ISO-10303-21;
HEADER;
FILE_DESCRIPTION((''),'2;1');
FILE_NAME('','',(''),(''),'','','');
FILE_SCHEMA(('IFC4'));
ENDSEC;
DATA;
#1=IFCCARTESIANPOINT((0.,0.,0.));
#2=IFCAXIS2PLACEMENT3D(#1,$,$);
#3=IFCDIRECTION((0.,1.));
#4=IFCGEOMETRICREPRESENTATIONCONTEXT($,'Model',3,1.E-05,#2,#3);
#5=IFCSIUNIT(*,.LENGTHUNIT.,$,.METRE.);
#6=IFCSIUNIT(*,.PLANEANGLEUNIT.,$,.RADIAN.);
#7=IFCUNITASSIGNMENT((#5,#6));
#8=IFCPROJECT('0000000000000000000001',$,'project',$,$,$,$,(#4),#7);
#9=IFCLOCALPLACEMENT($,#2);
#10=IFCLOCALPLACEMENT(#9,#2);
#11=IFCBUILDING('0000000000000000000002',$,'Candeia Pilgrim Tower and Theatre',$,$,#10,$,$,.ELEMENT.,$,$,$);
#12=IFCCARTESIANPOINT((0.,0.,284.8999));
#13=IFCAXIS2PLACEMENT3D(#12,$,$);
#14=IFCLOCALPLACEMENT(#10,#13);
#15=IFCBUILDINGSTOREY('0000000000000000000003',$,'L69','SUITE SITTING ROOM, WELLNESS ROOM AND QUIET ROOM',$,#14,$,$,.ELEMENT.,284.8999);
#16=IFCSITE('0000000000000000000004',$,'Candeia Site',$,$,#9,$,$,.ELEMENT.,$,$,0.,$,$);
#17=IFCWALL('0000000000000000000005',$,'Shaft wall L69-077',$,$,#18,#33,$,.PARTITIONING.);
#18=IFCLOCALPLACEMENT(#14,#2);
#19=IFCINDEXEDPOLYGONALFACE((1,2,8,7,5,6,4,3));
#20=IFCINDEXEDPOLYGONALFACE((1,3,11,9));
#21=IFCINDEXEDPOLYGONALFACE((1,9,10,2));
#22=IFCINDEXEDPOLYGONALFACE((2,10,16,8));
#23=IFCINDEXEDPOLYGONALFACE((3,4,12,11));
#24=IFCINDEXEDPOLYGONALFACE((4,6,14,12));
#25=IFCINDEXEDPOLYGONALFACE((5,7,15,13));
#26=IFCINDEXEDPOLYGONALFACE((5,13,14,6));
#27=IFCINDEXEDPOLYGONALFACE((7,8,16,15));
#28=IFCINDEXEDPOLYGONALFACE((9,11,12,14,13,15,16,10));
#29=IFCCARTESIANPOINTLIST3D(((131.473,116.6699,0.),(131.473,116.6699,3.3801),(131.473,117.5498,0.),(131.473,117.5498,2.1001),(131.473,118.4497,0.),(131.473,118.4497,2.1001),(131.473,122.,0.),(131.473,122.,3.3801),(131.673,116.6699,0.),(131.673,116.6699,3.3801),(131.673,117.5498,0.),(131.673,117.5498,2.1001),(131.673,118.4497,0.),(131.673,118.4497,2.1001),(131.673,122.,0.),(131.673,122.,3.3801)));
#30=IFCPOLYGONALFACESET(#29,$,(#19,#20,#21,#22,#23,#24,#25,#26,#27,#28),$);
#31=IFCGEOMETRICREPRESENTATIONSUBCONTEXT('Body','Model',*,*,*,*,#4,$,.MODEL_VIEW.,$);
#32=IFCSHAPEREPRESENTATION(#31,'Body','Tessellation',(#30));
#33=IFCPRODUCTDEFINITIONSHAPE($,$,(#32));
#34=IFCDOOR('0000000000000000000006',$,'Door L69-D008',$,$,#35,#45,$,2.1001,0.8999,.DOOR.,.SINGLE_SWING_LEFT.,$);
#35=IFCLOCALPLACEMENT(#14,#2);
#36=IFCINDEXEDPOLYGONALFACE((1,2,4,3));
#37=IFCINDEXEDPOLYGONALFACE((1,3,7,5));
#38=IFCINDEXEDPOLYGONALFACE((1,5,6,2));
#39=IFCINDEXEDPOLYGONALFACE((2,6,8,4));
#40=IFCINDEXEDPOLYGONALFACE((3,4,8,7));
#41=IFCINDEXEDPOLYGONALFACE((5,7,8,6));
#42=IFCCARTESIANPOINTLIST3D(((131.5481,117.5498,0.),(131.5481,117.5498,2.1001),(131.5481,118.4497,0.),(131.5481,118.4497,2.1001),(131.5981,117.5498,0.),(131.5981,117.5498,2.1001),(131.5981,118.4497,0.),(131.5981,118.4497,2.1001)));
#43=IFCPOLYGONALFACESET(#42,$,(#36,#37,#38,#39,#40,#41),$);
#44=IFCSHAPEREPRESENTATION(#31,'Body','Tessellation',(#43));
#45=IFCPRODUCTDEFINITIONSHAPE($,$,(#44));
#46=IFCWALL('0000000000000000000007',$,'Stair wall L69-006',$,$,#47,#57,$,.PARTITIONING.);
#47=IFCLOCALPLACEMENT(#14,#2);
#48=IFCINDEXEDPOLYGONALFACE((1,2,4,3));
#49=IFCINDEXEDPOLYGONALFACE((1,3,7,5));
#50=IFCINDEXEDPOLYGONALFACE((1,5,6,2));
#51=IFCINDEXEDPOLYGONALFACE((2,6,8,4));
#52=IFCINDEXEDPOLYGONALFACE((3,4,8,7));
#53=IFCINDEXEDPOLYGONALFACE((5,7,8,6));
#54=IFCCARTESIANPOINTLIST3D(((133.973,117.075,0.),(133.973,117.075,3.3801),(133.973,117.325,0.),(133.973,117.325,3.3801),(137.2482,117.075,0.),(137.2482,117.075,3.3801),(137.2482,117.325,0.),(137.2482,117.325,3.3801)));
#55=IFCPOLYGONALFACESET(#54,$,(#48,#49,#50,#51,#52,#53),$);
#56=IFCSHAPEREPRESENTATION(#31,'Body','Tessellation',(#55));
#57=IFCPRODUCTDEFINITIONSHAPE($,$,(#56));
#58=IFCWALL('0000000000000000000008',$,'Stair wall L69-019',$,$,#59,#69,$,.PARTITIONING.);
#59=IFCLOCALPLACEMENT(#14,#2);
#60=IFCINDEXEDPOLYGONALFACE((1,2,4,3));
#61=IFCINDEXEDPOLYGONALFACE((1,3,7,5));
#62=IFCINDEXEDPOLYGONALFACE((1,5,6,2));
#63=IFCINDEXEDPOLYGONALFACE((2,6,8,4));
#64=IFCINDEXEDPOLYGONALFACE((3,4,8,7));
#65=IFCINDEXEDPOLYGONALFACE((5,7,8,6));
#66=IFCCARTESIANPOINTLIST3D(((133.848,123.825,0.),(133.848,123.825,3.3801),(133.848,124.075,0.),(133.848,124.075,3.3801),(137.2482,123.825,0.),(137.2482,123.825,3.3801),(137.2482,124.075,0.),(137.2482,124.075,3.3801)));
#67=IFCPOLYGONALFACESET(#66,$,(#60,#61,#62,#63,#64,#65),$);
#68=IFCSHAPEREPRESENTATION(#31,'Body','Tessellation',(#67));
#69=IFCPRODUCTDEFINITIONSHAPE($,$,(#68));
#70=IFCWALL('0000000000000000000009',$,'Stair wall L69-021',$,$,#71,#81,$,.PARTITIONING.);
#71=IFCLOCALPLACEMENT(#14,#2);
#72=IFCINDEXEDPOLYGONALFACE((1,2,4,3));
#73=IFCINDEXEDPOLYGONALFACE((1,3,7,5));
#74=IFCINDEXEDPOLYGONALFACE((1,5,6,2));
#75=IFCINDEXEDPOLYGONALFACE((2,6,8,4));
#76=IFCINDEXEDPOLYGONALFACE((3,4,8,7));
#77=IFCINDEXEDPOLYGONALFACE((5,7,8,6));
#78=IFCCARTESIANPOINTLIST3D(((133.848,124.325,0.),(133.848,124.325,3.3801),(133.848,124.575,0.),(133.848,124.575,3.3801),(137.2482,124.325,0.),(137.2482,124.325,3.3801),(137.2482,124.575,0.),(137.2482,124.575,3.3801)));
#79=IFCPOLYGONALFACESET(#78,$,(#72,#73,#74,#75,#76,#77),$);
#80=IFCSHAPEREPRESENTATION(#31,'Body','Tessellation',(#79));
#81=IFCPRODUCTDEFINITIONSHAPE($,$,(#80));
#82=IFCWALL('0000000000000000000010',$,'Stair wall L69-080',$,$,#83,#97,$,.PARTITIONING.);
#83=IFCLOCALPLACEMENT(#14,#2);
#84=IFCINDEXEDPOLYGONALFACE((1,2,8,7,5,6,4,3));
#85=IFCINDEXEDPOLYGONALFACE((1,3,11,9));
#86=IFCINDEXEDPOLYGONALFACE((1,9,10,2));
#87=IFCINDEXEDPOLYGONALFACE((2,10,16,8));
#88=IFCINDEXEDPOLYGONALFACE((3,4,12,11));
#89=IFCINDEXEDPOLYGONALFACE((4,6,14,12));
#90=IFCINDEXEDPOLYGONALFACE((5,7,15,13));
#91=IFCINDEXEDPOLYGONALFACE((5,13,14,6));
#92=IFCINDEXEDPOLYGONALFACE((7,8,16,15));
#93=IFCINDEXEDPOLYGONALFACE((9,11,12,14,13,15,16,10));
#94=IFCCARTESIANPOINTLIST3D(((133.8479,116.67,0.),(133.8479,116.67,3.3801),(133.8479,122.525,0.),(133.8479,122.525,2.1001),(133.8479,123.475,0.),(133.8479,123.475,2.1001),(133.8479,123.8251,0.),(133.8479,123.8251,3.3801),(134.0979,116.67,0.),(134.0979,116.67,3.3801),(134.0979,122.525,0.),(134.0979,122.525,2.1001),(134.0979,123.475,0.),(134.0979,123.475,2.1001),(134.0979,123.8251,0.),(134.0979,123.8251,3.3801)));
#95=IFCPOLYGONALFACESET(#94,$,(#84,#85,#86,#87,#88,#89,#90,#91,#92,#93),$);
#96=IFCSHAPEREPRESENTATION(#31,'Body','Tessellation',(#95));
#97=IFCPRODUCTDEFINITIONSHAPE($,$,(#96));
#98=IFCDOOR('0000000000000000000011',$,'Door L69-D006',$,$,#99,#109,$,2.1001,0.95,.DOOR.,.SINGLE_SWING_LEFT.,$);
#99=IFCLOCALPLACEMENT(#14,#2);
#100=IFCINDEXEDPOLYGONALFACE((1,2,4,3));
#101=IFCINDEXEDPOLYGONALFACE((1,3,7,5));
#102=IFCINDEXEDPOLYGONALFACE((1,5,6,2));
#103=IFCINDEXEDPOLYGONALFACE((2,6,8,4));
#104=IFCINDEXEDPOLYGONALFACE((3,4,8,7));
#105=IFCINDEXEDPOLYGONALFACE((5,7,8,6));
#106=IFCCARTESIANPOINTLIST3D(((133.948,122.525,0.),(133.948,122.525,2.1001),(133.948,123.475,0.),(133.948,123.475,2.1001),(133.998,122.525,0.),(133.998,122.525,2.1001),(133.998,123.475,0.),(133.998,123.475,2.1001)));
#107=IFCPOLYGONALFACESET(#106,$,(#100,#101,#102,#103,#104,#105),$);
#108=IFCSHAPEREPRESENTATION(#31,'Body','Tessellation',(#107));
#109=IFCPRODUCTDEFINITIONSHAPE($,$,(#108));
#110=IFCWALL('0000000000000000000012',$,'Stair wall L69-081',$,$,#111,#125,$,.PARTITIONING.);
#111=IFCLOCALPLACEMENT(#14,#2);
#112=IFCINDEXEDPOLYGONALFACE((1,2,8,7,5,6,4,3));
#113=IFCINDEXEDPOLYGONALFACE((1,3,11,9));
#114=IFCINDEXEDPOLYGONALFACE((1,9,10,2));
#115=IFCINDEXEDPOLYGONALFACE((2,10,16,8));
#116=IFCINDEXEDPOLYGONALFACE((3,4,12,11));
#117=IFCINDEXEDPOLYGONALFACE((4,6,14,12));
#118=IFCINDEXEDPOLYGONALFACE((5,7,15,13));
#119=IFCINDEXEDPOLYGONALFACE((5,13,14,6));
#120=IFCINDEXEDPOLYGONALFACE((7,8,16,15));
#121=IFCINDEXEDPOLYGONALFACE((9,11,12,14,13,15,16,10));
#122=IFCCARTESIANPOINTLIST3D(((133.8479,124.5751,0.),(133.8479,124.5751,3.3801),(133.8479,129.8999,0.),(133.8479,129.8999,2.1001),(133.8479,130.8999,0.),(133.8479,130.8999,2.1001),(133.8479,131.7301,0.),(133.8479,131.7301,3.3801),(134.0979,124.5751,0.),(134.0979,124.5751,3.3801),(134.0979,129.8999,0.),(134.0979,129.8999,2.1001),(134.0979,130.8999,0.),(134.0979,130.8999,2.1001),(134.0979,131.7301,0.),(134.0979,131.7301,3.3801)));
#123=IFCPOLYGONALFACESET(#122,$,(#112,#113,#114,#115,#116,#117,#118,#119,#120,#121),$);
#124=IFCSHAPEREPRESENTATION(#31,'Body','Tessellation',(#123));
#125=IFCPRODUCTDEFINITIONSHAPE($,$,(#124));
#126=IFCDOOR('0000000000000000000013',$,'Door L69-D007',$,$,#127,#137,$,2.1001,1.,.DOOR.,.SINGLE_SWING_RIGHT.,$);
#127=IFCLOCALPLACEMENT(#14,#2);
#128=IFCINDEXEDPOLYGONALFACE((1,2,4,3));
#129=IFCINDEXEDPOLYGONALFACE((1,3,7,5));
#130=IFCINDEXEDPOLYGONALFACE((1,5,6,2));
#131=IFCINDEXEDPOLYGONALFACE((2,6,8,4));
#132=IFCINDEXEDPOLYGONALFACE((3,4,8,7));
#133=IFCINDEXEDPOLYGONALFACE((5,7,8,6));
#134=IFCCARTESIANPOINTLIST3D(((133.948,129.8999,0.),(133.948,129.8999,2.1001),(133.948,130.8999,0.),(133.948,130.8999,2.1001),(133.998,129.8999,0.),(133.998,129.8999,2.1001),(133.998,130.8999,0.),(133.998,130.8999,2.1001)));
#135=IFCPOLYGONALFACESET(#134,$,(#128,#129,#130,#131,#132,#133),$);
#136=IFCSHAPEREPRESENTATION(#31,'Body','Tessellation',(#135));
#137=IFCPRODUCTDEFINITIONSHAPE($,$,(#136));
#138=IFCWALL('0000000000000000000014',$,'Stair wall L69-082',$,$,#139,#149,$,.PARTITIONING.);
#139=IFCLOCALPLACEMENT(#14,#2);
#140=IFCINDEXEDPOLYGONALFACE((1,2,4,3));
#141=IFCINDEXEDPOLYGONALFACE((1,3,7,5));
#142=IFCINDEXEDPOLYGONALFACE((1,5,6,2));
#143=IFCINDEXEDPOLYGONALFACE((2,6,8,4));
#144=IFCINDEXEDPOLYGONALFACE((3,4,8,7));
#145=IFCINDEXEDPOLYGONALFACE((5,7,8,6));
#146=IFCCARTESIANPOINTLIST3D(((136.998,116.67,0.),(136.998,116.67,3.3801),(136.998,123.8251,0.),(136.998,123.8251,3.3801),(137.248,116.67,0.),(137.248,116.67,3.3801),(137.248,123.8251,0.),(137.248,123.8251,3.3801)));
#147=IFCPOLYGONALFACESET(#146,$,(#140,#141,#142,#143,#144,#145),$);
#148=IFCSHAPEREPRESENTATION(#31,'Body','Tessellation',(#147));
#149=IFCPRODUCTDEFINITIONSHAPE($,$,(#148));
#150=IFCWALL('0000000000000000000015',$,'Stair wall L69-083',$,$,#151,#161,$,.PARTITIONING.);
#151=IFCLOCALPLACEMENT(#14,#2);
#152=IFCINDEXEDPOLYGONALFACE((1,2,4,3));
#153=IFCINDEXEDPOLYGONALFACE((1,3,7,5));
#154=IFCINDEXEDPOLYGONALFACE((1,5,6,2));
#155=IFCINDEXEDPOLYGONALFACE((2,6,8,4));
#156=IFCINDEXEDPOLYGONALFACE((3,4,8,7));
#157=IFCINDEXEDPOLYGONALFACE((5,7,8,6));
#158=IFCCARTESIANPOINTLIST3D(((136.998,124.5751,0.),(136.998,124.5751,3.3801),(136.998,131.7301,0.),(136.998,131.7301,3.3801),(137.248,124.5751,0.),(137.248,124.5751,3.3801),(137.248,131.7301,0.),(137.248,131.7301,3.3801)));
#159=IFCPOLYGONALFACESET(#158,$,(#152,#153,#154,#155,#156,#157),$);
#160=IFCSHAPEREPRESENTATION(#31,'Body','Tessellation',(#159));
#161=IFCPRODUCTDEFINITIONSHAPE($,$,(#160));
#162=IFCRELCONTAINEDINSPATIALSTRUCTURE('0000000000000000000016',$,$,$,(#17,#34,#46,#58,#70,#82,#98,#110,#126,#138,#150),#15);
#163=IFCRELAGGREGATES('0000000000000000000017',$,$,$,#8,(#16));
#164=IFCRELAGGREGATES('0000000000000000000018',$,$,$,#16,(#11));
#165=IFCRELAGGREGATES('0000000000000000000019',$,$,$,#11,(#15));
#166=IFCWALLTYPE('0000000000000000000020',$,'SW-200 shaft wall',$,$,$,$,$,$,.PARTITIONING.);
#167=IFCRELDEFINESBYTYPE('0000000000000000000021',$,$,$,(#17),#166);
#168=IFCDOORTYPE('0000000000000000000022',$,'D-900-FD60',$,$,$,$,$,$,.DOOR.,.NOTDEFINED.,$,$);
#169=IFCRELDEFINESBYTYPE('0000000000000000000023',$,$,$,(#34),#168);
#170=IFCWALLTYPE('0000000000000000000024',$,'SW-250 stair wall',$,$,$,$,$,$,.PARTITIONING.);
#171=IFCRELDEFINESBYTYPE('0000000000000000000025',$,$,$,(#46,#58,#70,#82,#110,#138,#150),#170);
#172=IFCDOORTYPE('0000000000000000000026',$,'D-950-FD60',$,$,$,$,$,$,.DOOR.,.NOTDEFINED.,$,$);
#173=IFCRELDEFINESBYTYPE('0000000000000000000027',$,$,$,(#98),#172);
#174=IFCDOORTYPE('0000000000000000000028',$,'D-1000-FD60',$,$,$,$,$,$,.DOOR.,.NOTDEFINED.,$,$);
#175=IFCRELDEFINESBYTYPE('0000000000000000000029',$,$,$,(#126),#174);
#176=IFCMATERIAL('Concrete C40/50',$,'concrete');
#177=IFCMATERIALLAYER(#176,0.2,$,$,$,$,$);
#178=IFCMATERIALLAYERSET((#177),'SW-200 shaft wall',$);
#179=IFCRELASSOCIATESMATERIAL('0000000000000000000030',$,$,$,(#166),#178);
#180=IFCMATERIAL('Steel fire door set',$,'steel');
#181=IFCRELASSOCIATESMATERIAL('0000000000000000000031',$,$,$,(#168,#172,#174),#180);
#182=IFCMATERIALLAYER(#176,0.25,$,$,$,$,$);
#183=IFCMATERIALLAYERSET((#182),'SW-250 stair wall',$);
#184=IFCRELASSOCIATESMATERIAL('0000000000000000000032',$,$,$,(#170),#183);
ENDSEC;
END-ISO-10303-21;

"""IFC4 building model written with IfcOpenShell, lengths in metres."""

from ifc_helpers import new_model, si_unit, direction, frame, frame_2d, origin, place, context, subcontext, project, spatial, rectangle, extrude, material, layer, layer_set, type_object, element, fill, save


model = new_model("IFC4")

# Units and contexts
model_context = context("Model", 3, precision=1e-05, world=origin(), true_north=direction((0.0, 1.0)))
body_context = subcontext(model_context, "Body", "Model", "MODEL_VIEW")
ifc_project = project(units=[si_unit("LENGTHUNIT", "METRE"), si_unit("PLANEANGLEUNIT", "RADIAN")], contexts=[model_context])

# Site, building, storey
site_placement = place(None, origin())
site = spatial("IfcSite", under=ifc_project, at=site_placement, Name="Candeia Site", CompositionType="ELEMENT", RefElevation=0.0)
building_placement = place(site_placement, origin())
building = spatial("IfcBuilding", under=site, at=building_placement, Name="Candeia Pilgrim Tower and Theatre", CompositionType="ELEMENT")
storey_placement = place(building_placement, frame((0.0, 0.0, 284.8999)))
storey = spatial("IfcBuildingStorey", under=building, at=storey_placement, Name="L69", Description="SUITE SITTING ROOM, WELLNESS ROOM AND QUIET ROOM", CompositionType="ELEMENT", Elevation=284.8999)

# Shared definitions
ifc_material_1 = material(Name="Concrete C40/50", Category="concrete")

# Shared definitions
ifc_material_2 = material(Name="Steel fire door set", Category="steel")

# Shared definitions
ifc_layer_1 = layer(ifc_material_1, 0.2)
ifc_layer_set_1 = layer_set([ifc_layer_1], Name="SW-200 shaft wall")
wall_type_1 = type_object("IfcWallType", Name="SW-200 shaft wall", PredefinedType="PARTITIONING", material=ifc_layer_set_1)

# Wall, opening, door
wall_1_placement = place(storey_placement, frame((131.573, 116.6699, 0.0), z_axis=(0.0, 0.0, 1.0), x_axis=(0.0, 1.0, 0.0)))
wall_1 = element("IfcWall", 1, at=wall_1_placement, inside=storey, type_object=wall_type_1, Name="Shaft wall L69-077", PredefinedType="PARTITIONING", context=body_context, shape_type="SweptSolid", body=[
    extrude(rectangle(XDim=5.3301, YDim=0.2, at=frame_2d((2.665, 0.0))), origin(), (0.0, 0.0, 1.0), 3.3801),
])
opening_1_placement = place(wall_1_placement, frame((0.8799, 0.0, 0.0)))
opening_1 = element("IfcOpeningElement", 2, at=opening_1_placement, cuts=wall_1, PredefinedType="OPENING", context=body_context, shape_type="SweptSolid", body=[
    extrude(rectangle(XDim=0.8999, YDim=2.1001, at=frame_2d((0.45, 1.05))), frame((0.0, 0.1099, 0.0), z_axis=(0.0, -1.0, 0.0), x_axis=(1.0, 0.0, 0.0)), (0.0, 0.0, 1.0), 0.22),
])
door_type_1 = type_object("IfcDoorType", Name="D-900-FD60", OperationType="NOTDEFINED", PredefinedType="DOOR", material=ifc_material_2)
door_1_placement = place(opening_1_placement, origin())
door_1 = element("IfcDoor", 3, at=door_1_placement, inside=storey, type_object=door_type_1, Name="Door L69-D008", OperationType="SINGLE_SWING_LEFT", OverallHeight=2.1001, OverallWidth=0.8999, PredefinedType="DOOR", context=body_context, shape_type="SweptSolid", body=[
    extrude(rectangle(XDim=0.8999, YDim=2.1001, at=frame_2d((0.45, 1.05))), frame((0.0, 0.0249, 0.0), z_axis=(0.0, -1.0, 0.0), x_axis=(1.0, 0.0, 0.0)), (0.0, 0.0, 1.0), 0.05),
])
fill(opening_1, door_1)

# Walls
ifc_layer_2 = layer(ifc_material_1, 0.25)
ifc_layer_set_2 = layer_set([ifc_layer_2], Name="SW-250 stair wall")
wall_type_2 = type_object("IfcWallType", Name="SW-250 stair wall", PredefinedType="PARTITIONING", material=ifc_layer_set_2)
wall_2_placement = place(storey_placement, frame((133.9729, 117.2, 0.0), z_axis=(0.0, 0.0, 1.0), x_axis=(1.0, 0.0, 0.0)))
element("IfcWall", 4, at=wall_2_placement, inside=storey, type_object=wall_type_2, Name="Stair wall L69-006", PredefinedType="PARTITIONING", context=body_context, shape_type="SweptSolid", body=[
    extrude(rectangle(XDim=3.2751, YDim=0.25, at=frame_2d((1.6377, 0.0))), origin(), (0.0, 0.0, 1.0), 3.3801),
])
for number, where, z_axis, x_axis, name in (
    (5, (133.8479, 123.95, 0.0), (0.0, 0.0, 1.0), (1.0, 0.0, 0.0), "Stair wall L69-019"),
    (6, (133.8479, 124.45, 0.0), (0.0, 0.0, 1.0), (1.0, 0.0, 0.0), "Stair wall L69-021"),
):
    element("IfcWall", number, at=place(storey_placement, frame(where, z_axis=z_axis, x_axis=x_axis)), inside=storey, type_object=wall_type_2, Name=name, PredefinedType="PARTITIONING", context=body_context, shape_type="SweptSolid", body=[
        extrude(rectangle(XDim=3.4001, YDim=0.25, at=frame_2d((1.7002, 0.0))), origin(), (0.0, 0.0, 1.0), 3.3801),
    ])

# Walls, openings, doors
wall_3_placement = place(storey_placement, frame((133.9729, 116.6699, 0.0), z_axis=(0.0, 0.0, 1.0), x_axis=(0.0, 1.0, 0.0)))
wall_3 = element("IfcWall", 7, at=wall_3_placement, inside=storey, type_object=wall_type_2, Name="Stair wall L69-080", PredefinedType="PARTITIONING", context=body_context, shape_type="SweptSolid", body=[
    extrude(rectangle(XDim=7.155, YDim=0.25, at=frame_2d((3.5776, 0.0))), origin(), (0.0, 0.0, 1.0), 3.3801),
])
opening_2_placement = place(wall_3_placement, frame((5.855, 0.0, 0.0)))
opening_2 = element("IfcOpeningElement", 8, at=opening_2_placement, cuts=wall_3, PredefinedType="OPENING", context=body_context, shape_type="SweptSolid", body=[
    extrude(rectangle(XDim=0.95, YDim=2.1001, at=frame_2d((0.4751, 1.05))), frame((0.0, 0.135, 0.0), z_axis=(0.0, -1.0, 0.0), x_axis=(1.0, 0.0, 0.0)), (0.0, 0.0, 1.0), 0.27),
])
door_type_2 = type_object("IfcDoorType", Name="D-950-FD60", OperationType="NOTDEFINED", PredefinedType="DOOR", material=ifc_material_2)
door_2_placement = place(opening_2_placement, origin())
door_2 = element("IfcDoor", 9, at=door_2_placement, inside=storey, type_object=door_type_2, Name="Door L69-D006", OperationType="SINGLE_SWING_LEFT", OverallHeight=2.1001, OverallWidth=0.95, PredefinedType="DOOR", context=body_context, shape_type="SweptSolid", body=[
    extrude(rectangle(XDim=0.95, YDim=2.1001, at=frame_2d((0.4751, 1.05))), frame((0.0, 0.0249, 0.0), z_axis=(0.0, -1.0, 0.0), x_axis=(1.0, 0.0, 0.0)), (0.0, 0.0, 1.0), 0.05),
])
fill(opening_2, door_2)
wall_4_placement = place(storey_placement, frame((133.9729, 124.575, 0.0), z_axis=(0.0, 0.0, 1.0), x_axis=(0.0, 1.0, 0.0)))
wall_4 = element("IfcWall", 10, at=wall_4_placement, inside=storey, type_object=wall_type_2, Name="Stair wall L69-081", PredefinedType="PARTITIONING", context=body_context, shape_type="SweptSolid", body=[
    extrude(rectangle(XDim=7.155, YDim=0.25, at=frame_2d((3.5776, 0.0))), origin(), (0.0, 0.0, 1.0), 3.3801),
])
opening_3_placement = place(wall_4_placement, frame((5.325, 0.0, 0.0)))
opening_3 = element("IfcOpeningElement", 11, at=opening_3_placement, cuts=wall_4, PredefinedType="OPENING", context=body_context, shape_type="SweptSolid", body=[
    extrude(rectangle(XDim=1.0, YDim=2.1001, at=frame_2d((0.5, 1.05))), frame((0.0, 0.135, 0.0), z_axis=(0.0, -1.0, 0.0), x_axis=(1.0, 0.0, 0.0)), (0.0, 0.0, 1.0), 0.27),
])
door_type_3 = type_object("IfcDoorType", Name="D-1000-FD60", OperationType="NOTDEFINED", PredefinedType="DOOR", material=ifc_material_2)
door_3_placement = place(opening_3_placement, origin())
door_3 = element("IfcDoor", 12, at=door_3_placement, inside=storey, type_object=door_type_3, Name="Door L69-D007", OperationType="SINGLE_SWING_RIGHT", OverallHeight=2.1001, OverallWidth=1.0, PredefinedType="DOOR", context=body_context, shape_type="SweptSolid", body=[
    extrude(rectangle(XDim=1.0, YDim=2.1001, at=frame_2d((0.5, 1.05))), frame((0.0, 0.0249, 0.0), z_axis=(0.0, -1.0, 0.0), x_axis=(1.0, 0.0, 0.0)), (0.0, 0.0, 1.0), 0.05),
])
fill(opening_3, door_3)

# Walls
for number, where, z_axis, x_axis, name in (
    (13, (137.123, 116.6699, 0.0), (0.0, 0.0, 1.0), (0.0, 1.0, 0.0), "Stair wall L69-082"),
    (14, (137.123, 124.575, 0.0), (0.0, 0.0, 1.0), (0.0, 1.0, 0.0), "Stair wall L69-083"),
):
    element("IfcWall", number, at=place(storey_placement, frame(where, z_axis=z_axis, x_axis=x_axis)), inside=storey, type_object=wall_type_2, Name=name, PredefinedType="PARTITIONING", context=body_context, shape_type="SweptSolid", body=[
        extrude(rectangle(XDim=7.155, YDim=0.25, at=frame_2d((3.5776, 0.0))), origin(), (0.0, 0.0, 1.0), 3.3801),
    ])

save(model, "model.ifc")
